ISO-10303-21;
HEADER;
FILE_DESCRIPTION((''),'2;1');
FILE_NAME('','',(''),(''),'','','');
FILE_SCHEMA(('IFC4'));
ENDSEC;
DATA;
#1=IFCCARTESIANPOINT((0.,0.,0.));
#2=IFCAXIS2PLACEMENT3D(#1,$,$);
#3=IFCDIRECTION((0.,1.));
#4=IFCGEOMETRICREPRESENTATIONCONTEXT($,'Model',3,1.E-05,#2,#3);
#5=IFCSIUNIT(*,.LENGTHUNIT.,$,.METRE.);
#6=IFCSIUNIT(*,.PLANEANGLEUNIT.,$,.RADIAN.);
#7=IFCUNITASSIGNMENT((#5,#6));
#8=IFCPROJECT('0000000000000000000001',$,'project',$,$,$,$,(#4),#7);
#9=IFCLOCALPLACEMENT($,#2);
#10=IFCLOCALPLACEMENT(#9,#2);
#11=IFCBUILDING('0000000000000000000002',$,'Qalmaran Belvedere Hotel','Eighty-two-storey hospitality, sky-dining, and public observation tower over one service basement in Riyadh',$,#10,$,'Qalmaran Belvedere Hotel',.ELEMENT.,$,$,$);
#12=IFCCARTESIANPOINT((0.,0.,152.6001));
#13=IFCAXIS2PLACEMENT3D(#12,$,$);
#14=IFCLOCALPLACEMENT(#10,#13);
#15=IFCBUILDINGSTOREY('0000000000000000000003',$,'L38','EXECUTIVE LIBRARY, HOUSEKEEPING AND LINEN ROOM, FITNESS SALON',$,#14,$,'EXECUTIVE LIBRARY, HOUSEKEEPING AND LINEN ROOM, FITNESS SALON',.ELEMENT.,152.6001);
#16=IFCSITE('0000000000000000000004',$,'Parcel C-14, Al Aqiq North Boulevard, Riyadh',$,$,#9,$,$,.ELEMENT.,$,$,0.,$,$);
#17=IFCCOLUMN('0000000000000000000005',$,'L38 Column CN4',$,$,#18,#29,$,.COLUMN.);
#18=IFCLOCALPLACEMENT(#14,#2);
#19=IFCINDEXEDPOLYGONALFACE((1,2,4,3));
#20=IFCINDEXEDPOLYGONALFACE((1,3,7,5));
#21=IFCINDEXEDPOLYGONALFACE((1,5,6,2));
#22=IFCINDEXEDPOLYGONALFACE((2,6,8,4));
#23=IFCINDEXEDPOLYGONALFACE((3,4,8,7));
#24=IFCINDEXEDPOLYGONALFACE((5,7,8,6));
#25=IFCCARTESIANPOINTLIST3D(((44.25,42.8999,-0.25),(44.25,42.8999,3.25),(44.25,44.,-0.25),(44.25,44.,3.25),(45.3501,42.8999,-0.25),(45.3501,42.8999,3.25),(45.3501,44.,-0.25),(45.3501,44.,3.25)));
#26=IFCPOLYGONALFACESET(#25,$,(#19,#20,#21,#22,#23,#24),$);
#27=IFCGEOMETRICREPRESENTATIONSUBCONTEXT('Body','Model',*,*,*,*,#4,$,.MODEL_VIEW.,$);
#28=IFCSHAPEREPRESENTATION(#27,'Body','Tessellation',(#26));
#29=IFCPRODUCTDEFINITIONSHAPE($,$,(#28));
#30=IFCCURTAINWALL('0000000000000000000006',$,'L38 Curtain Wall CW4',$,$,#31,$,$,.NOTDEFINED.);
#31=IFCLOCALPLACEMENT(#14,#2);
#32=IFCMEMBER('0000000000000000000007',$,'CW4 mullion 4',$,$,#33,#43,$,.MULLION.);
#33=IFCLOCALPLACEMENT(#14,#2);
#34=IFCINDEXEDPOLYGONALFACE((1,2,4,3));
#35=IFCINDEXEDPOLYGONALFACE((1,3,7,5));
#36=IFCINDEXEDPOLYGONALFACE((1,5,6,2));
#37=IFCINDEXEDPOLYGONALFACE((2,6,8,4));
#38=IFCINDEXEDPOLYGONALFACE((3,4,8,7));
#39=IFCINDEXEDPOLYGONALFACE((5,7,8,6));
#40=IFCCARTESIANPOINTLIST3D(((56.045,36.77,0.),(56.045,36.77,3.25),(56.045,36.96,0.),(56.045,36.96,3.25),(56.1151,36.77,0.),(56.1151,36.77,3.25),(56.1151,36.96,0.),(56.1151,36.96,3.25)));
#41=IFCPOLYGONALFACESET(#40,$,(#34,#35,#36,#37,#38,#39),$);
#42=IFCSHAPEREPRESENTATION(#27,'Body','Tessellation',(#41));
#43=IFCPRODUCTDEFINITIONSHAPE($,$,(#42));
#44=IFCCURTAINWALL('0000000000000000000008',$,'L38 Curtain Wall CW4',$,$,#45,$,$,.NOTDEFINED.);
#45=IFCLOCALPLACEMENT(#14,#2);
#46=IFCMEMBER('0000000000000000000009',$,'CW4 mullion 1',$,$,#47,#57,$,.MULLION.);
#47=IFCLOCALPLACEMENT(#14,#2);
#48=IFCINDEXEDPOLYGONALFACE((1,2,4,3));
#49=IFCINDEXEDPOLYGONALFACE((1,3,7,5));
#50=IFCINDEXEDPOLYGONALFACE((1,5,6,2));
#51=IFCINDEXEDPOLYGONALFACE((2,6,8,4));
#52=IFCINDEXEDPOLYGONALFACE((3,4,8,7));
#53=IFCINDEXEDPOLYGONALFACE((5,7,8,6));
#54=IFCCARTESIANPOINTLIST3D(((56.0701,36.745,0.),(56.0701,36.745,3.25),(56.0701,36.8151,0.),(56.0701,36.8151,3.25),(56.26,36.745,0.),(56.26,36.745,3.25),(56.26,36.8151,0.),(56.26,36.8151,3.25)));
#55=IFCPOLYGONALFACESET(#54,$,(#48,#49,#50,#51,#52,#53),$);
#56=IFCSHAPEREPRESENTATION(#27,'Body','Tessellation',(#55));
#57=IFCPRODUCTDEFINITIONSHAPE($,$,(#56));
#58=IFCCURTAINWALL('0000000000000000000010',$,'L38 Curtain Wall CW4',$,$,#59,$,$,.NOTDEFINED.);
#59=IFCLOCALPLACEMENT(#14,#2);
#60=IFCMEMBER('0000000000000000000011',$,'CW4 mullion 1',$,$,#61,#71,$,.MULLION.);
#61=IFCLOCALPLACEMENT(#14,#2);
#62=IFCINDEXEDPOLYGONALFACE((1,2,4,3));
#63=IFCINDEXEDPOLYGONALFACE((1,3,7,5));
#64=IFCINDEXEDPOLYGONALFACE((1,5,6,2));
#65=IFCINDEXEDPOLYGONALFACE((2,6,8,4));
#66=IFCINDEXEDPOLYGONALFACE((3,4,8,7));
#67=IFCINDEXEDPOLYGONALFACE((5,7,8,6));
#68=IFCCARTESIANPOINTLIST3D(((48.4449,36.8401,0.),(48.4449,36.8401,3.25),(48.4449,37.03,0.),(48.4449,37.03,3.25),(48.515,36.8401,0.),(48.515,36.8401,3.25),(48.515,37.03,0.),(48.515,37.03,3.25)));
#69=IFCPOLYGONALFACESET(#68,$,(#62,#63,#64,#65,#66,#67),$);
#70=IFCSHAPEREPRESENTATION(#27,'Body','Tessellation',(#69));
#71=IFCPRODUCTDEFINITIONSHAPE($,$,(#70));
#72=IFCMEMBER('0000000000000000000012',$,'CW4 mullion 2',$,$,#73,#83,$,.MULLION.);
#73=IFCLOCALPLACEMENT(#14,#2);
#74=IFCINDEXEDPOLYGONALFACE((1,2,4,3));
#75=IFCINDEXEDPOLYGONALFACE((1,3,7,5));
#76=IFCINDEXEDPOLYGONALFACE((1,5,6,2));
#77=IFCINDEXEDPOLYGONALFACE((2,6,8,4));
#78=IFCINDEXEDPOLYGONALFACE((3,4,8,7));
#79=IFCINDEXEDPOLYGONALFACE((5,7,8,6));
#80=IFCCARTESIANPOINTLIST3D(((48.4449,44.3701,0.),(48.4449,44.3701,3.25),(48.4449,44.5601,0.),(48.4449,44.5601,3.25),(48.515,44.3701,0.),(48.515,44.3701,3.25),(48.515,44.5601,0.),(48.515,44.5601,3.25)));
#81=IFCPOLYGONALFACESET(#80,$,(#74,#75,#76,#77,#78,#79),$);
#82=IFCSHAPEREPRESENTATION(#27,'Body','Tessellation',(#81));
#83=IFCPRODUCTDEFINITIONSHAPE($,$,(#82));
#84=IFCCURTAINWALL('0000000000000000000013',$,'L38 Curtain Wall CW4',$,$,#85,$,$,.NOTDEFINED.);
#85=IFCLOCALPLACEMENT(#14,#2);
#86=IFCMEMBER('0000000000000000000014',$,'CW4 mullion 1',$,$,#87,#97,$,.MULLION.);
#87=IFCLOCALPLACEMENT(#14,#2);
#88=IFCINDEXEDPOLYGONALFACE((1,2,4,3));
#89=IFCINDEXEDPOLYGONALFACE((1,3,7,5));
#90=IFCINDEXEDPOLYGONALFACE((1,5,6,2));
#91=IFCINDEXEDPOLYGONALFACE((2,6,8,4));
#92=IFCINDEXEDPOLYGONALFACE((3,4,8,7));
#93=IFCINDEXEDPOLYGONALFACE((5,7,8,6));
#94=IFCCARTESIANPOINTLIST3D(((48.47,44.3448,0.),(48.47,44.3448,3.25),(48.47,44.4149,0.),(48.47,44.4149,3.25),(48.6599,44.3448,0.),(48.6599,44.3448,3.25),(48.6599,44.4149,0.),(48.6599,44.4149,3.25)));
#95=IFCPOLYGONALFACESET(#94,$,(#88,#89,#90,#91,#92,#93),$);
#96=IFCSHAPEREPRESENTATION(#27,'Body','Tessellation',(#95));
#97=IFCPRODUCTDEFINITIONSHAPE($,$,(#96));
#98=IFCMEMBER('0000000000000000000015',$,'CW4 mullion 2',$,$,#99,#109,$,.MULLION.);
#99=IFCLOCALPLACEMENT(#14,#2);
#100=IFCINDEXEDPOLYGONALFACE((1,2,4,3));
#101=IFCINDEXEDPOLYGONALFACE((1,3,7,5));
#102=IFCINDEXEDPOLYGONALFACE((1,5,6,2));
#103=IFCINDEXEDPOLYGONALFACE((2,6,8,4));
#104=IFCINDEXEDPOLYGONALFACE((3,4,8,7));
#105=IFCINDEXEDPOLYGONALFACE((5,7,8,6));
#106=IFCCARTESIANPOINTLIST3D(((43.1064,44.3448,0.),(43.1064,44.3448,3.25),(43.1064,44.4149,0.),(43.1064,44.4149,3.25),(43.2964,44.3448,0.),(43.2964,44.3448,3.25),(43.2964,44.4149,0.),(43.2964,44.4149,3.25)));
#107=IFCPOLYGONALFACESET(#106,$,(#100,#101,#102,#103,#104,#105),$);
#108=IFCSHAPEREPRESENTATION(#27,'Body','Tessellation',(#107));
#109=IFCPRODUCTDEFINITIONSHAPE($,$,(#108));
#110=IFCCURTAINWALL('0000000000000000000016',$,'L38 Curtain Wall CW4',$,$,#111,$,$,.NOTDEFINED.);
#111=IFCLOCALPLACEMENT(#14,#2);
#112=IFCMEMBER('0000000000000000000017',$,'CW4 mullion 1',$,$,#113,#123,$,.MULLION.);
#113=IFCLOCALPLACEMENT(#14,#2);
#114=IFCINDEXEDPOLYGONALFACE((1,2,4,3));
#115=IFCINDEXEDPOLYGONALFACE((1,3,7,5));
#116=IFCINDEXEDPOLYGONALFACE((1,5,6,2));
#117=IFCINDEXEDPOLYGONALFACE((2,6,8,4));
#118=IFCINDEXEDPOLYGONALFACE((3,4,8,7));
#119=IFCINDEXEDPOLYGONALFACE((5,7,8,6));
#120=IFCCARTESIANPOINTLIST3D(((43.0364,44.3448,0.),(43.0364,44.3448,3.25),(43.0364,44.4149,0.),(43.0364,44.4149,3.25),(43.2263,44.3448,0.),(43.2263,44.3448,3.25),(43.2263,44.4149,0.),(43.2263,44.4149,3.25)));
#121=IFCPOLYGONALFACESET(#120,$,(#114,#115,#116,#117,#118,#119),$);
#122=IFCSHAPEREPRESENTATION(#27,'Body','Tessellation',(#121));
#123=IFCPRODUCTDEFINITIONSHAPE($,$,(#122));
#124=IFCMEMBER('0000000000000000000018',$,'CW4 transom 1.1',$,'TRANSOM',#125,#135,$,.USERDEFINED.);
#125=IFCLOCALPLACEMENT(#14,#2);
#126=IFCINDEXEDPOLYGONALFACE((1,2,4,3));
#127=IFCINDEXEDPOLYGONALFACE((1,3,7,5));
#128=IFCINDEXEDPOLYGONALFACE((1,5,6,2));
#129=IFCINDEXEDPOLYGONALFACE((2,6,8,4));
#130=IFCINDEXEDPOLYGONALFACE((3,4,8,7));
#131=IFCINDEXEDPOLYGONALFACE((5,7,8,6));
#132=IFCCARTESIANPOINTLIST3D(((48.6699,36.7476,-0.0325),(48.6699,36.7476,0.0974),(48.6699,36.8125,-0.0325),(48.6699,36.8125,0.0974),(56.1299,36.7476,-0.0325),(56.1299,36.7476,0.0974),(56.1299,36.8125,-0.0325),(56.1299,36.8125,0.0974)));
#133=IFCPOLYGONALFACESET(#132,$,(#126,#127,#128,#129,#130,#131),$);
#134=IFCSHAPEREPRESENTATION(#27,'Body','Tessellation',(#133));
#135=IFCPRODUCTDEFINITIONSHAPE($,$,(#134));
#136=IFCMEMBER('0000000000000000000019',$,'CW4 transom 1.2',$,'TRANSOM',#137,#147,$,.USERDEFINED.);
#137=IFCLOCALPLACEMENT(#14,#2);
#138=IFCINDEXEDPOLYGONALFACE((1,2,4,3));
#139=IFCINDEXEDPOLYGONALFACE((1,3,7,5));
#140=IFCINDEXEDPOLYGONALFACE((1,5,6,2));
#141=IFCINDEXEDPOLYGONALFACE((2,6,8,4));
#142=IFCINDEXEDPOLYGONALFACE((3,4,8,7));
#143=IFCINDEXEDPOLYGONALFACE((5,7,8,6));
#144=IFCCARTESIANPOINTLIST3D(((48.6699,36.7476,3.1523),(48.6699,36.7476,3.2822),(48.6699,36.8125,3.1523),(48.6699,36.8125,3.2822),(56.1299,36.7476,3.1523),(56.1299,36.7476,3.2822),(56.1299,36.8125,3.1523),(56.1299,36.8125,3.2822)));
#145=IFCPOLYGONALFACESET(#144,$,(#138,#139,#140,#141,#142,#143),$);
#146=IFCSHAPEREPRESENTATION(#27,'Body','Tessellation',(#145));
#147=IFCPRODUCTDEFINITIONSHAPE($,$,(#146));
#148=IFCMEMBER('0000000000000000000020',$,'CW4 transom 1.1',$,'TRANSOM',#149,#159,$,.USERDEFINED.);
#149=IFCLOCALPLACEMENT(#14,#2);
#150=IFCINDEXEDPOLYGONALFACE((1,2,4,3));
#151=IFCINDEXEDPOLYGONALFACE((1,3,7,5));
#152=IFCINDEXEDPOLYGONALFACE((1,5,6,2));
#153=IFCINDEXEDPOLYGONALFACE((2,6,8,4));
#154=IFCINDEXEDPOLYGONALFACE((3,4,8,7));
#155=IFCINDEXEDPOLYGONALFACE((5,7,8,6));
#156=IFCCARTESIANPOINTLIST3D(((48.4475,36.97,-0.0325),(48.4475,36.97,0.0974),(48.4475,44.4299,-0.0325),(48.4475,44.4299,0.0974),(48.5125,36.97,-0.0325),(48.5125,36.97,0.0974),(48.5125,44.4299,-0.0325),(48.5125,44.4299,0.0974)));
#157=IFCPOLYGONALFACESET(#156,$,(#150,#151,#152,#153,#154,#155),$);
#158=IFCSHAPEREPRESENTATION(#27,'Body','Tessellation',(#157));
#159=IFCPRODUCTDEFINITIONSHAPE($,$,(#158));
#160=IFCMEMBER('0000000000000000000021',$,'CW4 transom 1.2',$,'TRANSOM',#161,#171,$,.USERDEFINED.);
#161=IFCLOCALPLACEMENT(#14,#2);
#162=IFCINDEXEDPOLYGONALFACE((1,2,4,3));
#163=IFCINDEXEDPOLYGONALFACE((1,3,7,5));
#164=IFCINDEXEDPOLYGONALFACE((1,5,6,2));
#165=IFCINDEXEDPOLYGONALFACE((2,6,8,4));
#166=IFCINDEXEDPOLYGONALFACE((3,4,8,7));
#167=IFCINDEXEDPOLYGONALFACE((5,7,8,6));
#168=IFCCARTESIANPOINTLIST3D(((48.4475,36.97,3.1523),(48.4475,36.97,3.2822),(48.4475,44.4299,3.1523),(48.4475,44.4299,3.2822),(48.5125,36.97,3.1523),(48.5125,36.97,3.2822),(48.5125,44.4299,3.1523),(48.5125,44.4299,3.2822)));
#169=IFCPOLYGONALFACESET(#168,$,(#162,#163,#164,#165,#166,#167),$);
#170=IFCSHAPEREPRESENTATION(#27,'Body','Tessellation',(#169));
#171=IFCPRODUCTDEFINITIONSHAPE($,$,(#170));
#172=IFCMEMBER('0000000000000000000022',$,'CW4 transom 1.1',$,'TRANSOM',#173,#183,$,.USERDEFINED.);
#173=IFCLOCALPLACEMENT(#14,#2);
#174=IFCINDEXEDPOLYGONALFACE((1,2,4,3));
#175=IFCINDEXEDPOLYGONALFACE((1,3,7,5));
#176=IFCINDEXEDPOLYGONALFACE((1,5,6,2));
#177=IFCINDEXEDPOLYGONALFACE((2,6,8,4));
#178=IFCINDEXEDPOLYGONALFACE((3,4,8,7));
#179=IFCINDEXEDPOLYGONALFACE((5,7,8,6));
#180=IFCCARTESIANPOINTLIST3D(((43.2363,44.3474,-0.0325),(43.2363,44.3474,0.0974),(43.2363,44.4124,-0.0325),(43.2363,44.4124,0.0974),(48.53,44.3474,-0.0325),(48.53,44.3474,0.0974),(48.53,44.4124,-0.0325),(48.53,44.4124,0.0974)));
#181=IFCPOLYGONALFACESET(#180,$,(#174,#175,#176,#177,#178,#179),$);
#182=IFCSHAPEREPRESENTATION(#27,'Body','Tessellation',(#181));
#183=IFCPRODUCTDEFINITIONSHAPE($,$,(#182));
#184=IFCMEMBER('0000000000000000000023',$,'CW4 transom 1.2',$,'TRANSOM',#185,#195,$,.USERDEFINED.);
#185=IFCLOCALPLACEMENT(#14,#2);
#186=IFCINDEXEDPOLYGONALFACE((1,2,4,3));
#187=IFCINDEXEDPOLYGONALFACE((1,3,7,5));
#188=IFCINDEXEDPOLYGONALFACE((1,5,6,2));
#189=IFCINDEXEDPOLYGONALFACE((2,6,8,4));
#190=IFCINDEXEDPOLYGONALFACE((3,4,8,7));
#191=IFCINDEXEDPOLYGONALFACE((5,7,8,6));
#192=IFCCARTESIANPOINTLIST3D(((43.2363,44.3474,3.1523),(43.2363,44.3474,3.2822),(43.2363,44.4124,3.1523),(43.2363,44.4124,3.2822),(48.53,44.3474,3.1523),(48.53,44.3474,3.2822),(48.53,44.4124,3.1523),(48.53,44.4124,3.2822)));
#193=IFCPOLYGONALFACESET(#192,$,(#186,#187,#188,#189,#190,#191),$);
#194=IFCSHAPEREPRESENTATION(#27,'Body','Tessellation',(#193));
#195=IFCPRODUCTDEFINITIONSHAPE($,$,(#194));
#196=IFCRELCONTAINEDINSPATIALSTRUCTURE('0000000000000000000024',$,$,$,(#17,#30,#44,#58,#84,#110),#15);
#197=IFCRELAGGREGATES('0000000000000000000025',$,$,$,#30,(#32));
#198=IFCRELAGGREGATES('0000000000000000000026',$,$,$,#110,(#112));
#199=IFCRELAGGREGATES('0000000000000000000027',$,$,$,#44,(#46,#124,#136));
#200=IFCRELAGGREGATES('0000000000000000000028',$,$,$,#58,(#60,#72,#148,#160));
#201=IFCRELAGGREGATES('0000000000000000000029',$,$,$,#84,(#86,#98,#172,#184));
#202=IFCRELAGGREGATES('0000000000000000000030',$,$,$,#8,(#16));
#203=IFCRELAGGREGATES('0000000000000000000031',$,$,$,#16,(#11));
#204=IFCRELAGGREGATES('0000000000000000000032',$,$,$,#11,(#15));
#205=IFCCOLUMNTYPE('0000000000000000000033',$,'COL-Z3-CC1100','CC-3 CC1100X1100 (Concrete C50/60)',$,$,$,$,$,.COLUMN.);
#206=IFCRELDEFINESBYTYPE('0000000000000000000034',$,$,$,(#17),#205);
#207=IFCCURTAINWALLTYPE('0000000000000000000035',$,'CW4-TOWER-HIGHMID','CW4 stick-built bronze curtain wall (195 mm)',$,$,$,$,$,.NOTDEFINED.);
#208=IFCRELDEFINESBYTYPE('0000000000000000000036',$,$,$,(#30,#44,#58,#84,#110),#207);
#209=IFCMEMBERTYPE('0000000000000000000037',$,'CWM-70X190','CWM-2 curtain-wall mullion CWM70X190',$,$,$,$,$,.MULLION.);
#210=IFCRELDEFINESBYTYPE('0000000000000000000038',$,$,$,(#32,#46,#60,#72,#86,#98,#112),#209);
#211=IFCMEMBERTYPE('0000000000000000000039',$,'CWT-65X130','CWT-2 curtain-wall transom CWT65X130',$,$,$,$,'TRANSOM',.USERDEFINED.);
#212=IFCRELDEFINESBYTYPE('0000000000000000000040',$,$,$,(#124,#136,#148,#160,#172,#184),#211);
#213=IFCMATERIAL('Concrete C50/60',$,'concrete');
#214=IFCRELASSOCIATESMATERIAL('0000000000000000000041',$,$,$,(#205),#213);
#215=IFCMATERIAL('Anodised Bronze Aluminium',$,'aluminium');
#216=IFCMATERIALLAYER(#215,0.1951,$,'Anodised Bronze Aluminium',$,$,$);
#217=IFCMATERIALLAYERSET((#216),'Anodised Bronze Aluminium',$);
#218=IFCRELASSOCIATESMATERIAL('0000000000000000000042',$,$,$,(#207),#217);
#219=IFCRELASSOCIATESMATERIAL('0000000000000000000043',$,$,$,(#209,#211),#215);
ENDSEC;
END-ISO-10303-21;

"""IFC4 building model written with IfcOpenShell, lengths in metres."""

from ifc_helpers import new_model, si_unit, direction, frame, origin, origin_2d, place, context, subcontext, project, spatial, rectangle, extrude, material, layer, layer_set, material_profile, profile_set, type_object, element, aggregate, save


model = new_model("IFC4")

# Units and contexts
model_context = context("Model", 3, precision=1e-05, world=origin(), true_north=direction((0.0, 1.0)))
body_context = subcontext(model_context, "Body", "Model", "MODEL_VIEW")
ifc_project = project(units=[si_unit("LENGTHUNIT", "METRE"), si_unit("PLANEANGLEUNIT", "RADIAN")], contexts=[model_context])

# Site, building, storey
site_placement = place(None, origin())
site = spatial("IfcSite", under=ifc_project, at=site_placement, Name="Parcel C-14, Al Aqiq North Boulevard, Riyadh", CompositionType="ELEMENT", RefElevation=0.0)
building_placement = place(site_placement, origin())
building = spatial("IfcBuilding", under=site, at=building_placement, Name="Qalmaran Belvedere Hotel", Description="Eighty-two-storey hospitality, sky-dining, and public observation tower over one service basement in Riyadh", LongName="Qalmaran Belvedere Hotel", CompositionType="ELEMENT")
storey_placement = place(building_placement, frame((0.0, 0.0, 152.6001)))
storey = spatial("IfcBuildingStorey", under=building, at=storey_placement, Name="L38", Description="EXECUTIVE LIBRARY, HOUSEKEEPING AND LINEN ROOM, FITNESS SALON", LongName="EXECUTIVE LIBRARY, HOUSEKEEPING AND LINEN ROOM, FITNESS SALON", CompositionType="ELEMENT", Elevation=152.6001)

# Column
ifc_material_1 = material(Name="Concrete C50/60", Category="concrete")
ifc_material_profile_1 = material_profile(ifc_material_1, rectangle(XDim=1.1001, YDim=1.1001, at=origin_2d()), Name="CC1100X1100")
ifc_profile_set_1 = profile_set([ifc_material_profile_1], Name="Concrete C50/60")
column_type = type_object("IfcColumnType", Name="COL-Z3-CC1100", Description="CC-3 CC1100X1100 (Concrete C50/60)", PredefinedType="COLUMN", material=ifc_profile_set_1)
column_placement = place(storey_placement, frame((44.8, 43.45, -0.25), z_axis=(0.0, 0.0, 1.0), x_axis=(1.0, 0.0, 0.0)))
element("IfcColumn", 1, at=column_placement, inside=storey, type_object=column_type, Name="L38 Column CN4", PredefinedType="COLUMN", context=body_context, shape_type="SweptSolid", body=[
    extrude(rectangle(XDim=1.1001, YDim=1.1001, at=origin_2d()), origin(), (0.0, 0.0, 1.0), 3.5),
])

# Curtain walls, members
ifc_material_2 = material(Name="Anodised Bronze Aluminium", Category="aluminium")
ifc_layer_1 = layer(ifc_material_2, 0.1951, Name="Anodised Bronze Aluminium")
ifc_layer_set_1 = layer_set([ifc_layer_1], Name="Anodised Bronze Aluminium")
curtain_wall_type = type_object("IfcCurtainWallType", Name="CW4-TOWER-HIGHMID", Description="CW4 stick-built bronze curtain wall (195 mm)", PredefinedType="NOTDEFINED", material=ifc_layer_set_1)
curtain_wall_1_placement = place(storey_placement, origin())
curtain_wall_1 = element("IfcCurtainWall", 2, at=curtain_wall_1_placement, inside=storey, type_object=curtain_wall_type, Name="L38 Curtain Wall CW4", PredefinedType="NOTDEFINED")
ifc_material_profile_2 = material_profile(ifc_material_2, rectangle(XDim=0.0701, YDim=0.1899, at=origin_2d()), Name="CWM70X190")
ifc_profile_set_2 = profile_set([ifc_material_profile_2], Name="Anodised Bronze Aluminium")
member_type_1 = type_object("IfcMemberType", Name="CWM-70X190", Description="CWM-2 curtain-wall mullion CWM70X190", PredefinedType="MULLION", material=ifc_profile_set_2)
member_1_placement = place(storey_placement, frame((56.0801, 36.865, 0.0), z_axis=(0.0, 0.0, 1.0), x_axis=(-1.0, 0.0, 0.0)))
member_1 = element("IfcMember", 3, at=member_1_placement, type_object=member_type_1, Name="CW4 mullion 4", PredefinedType="MULLION", context=body_context, shape_type="SweptSolid", body=[
    extrude(rectangle(XDim=0.0701, YDim=0.1899, at=origin_2d()), origin(), (0.0, 0.0, 1.0), 3.25),
])
aggregate(curtain_wall_1, [member_1])
curtain_wall_2_placement = place(storey_placement, origin())
curtain_wall_2 = element("IfcCurtainWall", 4, at=curtain_wall_2_placement, inside=storey, type_object=curtain_wall_type, Name="L38 Curtain Wall CW4", PredefinedType="NOTDEFINED")
member_2_placement = place(storey_placement, frame((56.165, 36.78, 0.0), z_axis=(0.0, 0.0, 1.0), x_axis=(0.0, -1.0, 0.0)))
member_2 = element("IfcMember", 5, at=member_2_placement, type_object=member_type_1, Name="CW4 mullion 1", PredefinedType="MULLION", context=body_context, shape_type="SweptSolid", body=[
    extrude(rectangle(XDim=0.0701, YDim=0.1899, at=origin_2d()), origin(), (0.0, 0.0, 1.0), 3.25),
])

# Curtain walls, members
curtain_wall_3_placement = place(storey_placement, origin())
curtain_wall_3 = element("IfcCurtainWall", 6, at=curtain_wall_3_placement, inside=storey, type_object=curtain_wall_type, Name="L38 Curtain Wall CW4", PredefinedType="NOTDEFINED")
member_3_placement = place(storey_placement, frame((48.48, 36.9351, 0.0), z_axis=(0.0, 0.0, 1.0), x_axis=(-1.0, 0.0, 0.0)))
member_3 = element("IfcMember", 7, at=member_3_placement, type_object=member_type_1, Name="CW4 mullion 1", PredefinedType="MULLION", context=body_context, shape_type="SweptSolid", body=[
    extrude(rectangle(XDim=0.0701, YDim=0.1899, at=origin_2d()), origin(), (0.0, 0.0, 1.0), 3.25),
])
member_4_placement = place(storey_placement, frame((48.48, 44.4651, 0.0), z_axis=(0.0, 0.0, 1.0), x_axis=(-1.0, 0.0, 0.0)))
member_4 = element("IfcMember", 8, at=member_4_placement, type_object=member_type_1, Name="CW4 mullion 2", PredefinedType="MULLION", context=body_context, shape_type="SweptSolid", body=[
    extrude(rectangle(XDim=0.0701, YDim=0.1899, at=origin_2d()), origin(), (0.0, 0.0, 1.0), 3.25),
])
curtain_wall_4_placement = place(storey_placement, origin())
curtain_wall_4 = element("IfcCurtainWall", 9, at=curtain_wall_4_placement, inside=storey, type_object=curtain_wall_type, Name="L38 Curtain Wall CW4", PredefinedType="NOTDEFINED")
member_5_placement = place(storey_placement, frame((48.5649, 44.3799, 0.0), z_axis=(0.0, 0.0, 1.0), x_axis=(0.0, -1.0, 0.0)))
member_5 = element("IfcMember", 10, at=member_5_placement, type_object=member_type_1, Name="CW4 mullion 1", PredefinedType="MULLION", context=body_context, shape_type="SweptSolid", body=[
    extrude(rectangle(XDim=0.0701, YDim=0.1899, at=origin_2d()), origin(), (0.0, 0.0, 1.0), 3.25),
])
member_6_placement = place(storey_placement, frame((43.2014, 44.3799, 0.0), z_axis=(0.0, 0.0, 1.0), x_axis=(0.0, -1.0, 0.0)))
member_6 = element("IfcMember", 11, at=member_6_placement, type_object=member_type_1, Name="CW4 mullion 2", PredefinedType="MULLION", context=body_context, shape_type="SweptSolid", body=[
    extrude(rectangle(XDim=0.0701, YDim=0.1899, at=origin_2d()), origin(), (0.0, 0.0, 1.0), 3.25),
])

# Curtain wall, member
curtain_wall_5_placement = place(storey_placement, origin())
curtain_wall_5 = element("IfcCurtainWall", 12, at=curtain_wall_5_placement, inside=storey, type_object=curtain_wall_type, Name="L38 Curtain Wall CW4", PredefinedType="NOTDEFINED")
member_7_placement = place(storey_placement, frame((43.1313, 44.3799, 0.0), z_axis=(0.0, 0.0, 1.0), x_axis=(0.0, -1.0, 0.0)))
member_7 = element("IfcMember", 13, at=member_7_placement, type_object=member_type_1, Name="CW4 mullion 1", PredefinedType="MULLION", context=body_context, shape_type="SweptSolid", body=[
    extrude(rectangle(XDim=0.0701, YDim=0.1899, at=origin_2d()), origin(), (0.0, 0.0, 1.0), 3.25),
])

# Members
ifc_material_profile_3 = material_profile(ifc_material_2, rectangle(XDim=0.0649, YDim=0.1299, at=origin_2d()), Name="CWT65X130")
ifc_profile_set_3 = profile_set([ifc_material_profile_3], Name="Anodised Bronze Aluminium")
member_type_2 = type_object("IfcMemberType", Name="CWT-65X130", Description="CWT-2 curtain-wall transom CWT65X130", ElementType="TRANSOM", PredefinedType="USERDEFINED", material=ifc_profile_set_3)
member_8_placement = place(storey_placement, frame((56.1299, 36.78, 0.0325), z_axis=(-1.0, 0.0, 0.0), x_axis=(0.0, -1.0, 0.0)))
member_8 = element("IfcMember", 14, at=member_8_placement, type_object=member_type_2, Name="CW4 transom 1.1", ObjectType="TRANSOM", PredefinedType="USERDEFINED", context=body_context, shape_type="SweptSolid", body=[
    extrude(rectangle(XDim=0.0649, YDim=0.1299, at=origin_2d()), origin(), (0.0, 0.0, 1.0), 7.46),
])
member_9_placement = place(storey_placement, frame((56.1299, 36.78, 3.2173), z_axis=(-1.0, 0.0, 0.0), x_axis=(0.0, -1.0, 0.0)))
member_9 = element("IfcMember", 15, at=member_9_placement, type_object=member_type_2, Name="CW4 transom 1.2", ObjectType="TRANSOM", PredefinedType="USERDEFINED", context=body_context, shape_type="SweptSolid", body=[
    extrude(rectangle(XDim=0.0649, YDim=0.1299, at=origin_2d()), origin(), (0.0, 0.0, 1.0), 7.46),
])
member_10_placement = place(storey_placement, frame((48.48, 36.97, 0.0325), z_axis=(0.0, 1.0, 0.0), x_axis=(-1.0, 0.0, 0.0)))
member_10 = element("IfcMember", 16, at=member_10_placement, type_object=member_type_2, Name="CW4 transom 1.1", ObjectType="TRANSOM", PredefinedType="USERDEFINED", context=body_context, shape_type="SweptSolid", body=[
    extrude(rectangle(XDim=0.0649, YDim=0.1299, at=origin_2d()), origin(), (0.0, 0.0, 1.0), 7.46),
])
member_11_placement = place(storey_placement, frame((48.48, 36.97, 3.2173), z_axis=(0.0, 1.0, 0.0), x_axis=(-1.0, 0.0, 0.0)))
member_11 = element("IfcMember", 17, at=member_11_placement, type_object=member_type_2, Name="CW4 transom 1.2", ObjectType="TRANSOM", PredefinedType="USERDEFINED", context=body_context, shape_type="SweptSolid", body=[
    extrude(rectangle(XDim=0.0649, YDim=0.1299, at=origin_2d()), origin(), (0.0, 0.0, 1.0), 7.46),
])
member_12_placement = place(storey_placement, frame((48.53, 44.3799, 0.0325), z_axis=(-1.0, 0.0, 0.0), x_axis=(0.0, -1.0, 0.0)))
member_12 = element("IfcMember", 18, at=member_12_placement, type_object=member_type_2, Name="CW4 transom 1.1", ObjectType="TRANSOM", PredefinedType="USERDEFINED", context=body_context, shape_type="SweptSolid", body=[
    extrude(rectangle(XDim=0.0649, YDim=0.1299, at=origin_2d()), origin(), (0.0, 0.0, 1.0), 5.2937),
])
member_13_placement = place(storey_placement, frame((48.53, 44.3799, 3.2173), z_axis=(-1.0, 0.0, 0.0), x_axis=(0.0, -1.0, 0.0)))
member_13 = element("IfcMember", 19, at=member_13_placement, type_object=member_type_2, Name="CW4 transom 1.2", ObjectType="TRANSOM", PredefinedType="USERDEFINED", context=body_context, shape_type="SweptSolid", body=[
    extrude(rectangle(XDim=0.0649, YDim=0.1299, at=origin_2d()), origin(), (0.0, 0.0, 1.0), 5.2937),
])
aggregate(curtain_wall_5, [member_7])

aggregate(curtain_wall_2, [member_2, member_8, member_9])
aggregate(curtain_wall_3, [member_3, member_4, member_10, member_11])
aggregate(curtain_wall_4, [member_5, member_6, member_12, member_13])

save(model, "model.ifc")
